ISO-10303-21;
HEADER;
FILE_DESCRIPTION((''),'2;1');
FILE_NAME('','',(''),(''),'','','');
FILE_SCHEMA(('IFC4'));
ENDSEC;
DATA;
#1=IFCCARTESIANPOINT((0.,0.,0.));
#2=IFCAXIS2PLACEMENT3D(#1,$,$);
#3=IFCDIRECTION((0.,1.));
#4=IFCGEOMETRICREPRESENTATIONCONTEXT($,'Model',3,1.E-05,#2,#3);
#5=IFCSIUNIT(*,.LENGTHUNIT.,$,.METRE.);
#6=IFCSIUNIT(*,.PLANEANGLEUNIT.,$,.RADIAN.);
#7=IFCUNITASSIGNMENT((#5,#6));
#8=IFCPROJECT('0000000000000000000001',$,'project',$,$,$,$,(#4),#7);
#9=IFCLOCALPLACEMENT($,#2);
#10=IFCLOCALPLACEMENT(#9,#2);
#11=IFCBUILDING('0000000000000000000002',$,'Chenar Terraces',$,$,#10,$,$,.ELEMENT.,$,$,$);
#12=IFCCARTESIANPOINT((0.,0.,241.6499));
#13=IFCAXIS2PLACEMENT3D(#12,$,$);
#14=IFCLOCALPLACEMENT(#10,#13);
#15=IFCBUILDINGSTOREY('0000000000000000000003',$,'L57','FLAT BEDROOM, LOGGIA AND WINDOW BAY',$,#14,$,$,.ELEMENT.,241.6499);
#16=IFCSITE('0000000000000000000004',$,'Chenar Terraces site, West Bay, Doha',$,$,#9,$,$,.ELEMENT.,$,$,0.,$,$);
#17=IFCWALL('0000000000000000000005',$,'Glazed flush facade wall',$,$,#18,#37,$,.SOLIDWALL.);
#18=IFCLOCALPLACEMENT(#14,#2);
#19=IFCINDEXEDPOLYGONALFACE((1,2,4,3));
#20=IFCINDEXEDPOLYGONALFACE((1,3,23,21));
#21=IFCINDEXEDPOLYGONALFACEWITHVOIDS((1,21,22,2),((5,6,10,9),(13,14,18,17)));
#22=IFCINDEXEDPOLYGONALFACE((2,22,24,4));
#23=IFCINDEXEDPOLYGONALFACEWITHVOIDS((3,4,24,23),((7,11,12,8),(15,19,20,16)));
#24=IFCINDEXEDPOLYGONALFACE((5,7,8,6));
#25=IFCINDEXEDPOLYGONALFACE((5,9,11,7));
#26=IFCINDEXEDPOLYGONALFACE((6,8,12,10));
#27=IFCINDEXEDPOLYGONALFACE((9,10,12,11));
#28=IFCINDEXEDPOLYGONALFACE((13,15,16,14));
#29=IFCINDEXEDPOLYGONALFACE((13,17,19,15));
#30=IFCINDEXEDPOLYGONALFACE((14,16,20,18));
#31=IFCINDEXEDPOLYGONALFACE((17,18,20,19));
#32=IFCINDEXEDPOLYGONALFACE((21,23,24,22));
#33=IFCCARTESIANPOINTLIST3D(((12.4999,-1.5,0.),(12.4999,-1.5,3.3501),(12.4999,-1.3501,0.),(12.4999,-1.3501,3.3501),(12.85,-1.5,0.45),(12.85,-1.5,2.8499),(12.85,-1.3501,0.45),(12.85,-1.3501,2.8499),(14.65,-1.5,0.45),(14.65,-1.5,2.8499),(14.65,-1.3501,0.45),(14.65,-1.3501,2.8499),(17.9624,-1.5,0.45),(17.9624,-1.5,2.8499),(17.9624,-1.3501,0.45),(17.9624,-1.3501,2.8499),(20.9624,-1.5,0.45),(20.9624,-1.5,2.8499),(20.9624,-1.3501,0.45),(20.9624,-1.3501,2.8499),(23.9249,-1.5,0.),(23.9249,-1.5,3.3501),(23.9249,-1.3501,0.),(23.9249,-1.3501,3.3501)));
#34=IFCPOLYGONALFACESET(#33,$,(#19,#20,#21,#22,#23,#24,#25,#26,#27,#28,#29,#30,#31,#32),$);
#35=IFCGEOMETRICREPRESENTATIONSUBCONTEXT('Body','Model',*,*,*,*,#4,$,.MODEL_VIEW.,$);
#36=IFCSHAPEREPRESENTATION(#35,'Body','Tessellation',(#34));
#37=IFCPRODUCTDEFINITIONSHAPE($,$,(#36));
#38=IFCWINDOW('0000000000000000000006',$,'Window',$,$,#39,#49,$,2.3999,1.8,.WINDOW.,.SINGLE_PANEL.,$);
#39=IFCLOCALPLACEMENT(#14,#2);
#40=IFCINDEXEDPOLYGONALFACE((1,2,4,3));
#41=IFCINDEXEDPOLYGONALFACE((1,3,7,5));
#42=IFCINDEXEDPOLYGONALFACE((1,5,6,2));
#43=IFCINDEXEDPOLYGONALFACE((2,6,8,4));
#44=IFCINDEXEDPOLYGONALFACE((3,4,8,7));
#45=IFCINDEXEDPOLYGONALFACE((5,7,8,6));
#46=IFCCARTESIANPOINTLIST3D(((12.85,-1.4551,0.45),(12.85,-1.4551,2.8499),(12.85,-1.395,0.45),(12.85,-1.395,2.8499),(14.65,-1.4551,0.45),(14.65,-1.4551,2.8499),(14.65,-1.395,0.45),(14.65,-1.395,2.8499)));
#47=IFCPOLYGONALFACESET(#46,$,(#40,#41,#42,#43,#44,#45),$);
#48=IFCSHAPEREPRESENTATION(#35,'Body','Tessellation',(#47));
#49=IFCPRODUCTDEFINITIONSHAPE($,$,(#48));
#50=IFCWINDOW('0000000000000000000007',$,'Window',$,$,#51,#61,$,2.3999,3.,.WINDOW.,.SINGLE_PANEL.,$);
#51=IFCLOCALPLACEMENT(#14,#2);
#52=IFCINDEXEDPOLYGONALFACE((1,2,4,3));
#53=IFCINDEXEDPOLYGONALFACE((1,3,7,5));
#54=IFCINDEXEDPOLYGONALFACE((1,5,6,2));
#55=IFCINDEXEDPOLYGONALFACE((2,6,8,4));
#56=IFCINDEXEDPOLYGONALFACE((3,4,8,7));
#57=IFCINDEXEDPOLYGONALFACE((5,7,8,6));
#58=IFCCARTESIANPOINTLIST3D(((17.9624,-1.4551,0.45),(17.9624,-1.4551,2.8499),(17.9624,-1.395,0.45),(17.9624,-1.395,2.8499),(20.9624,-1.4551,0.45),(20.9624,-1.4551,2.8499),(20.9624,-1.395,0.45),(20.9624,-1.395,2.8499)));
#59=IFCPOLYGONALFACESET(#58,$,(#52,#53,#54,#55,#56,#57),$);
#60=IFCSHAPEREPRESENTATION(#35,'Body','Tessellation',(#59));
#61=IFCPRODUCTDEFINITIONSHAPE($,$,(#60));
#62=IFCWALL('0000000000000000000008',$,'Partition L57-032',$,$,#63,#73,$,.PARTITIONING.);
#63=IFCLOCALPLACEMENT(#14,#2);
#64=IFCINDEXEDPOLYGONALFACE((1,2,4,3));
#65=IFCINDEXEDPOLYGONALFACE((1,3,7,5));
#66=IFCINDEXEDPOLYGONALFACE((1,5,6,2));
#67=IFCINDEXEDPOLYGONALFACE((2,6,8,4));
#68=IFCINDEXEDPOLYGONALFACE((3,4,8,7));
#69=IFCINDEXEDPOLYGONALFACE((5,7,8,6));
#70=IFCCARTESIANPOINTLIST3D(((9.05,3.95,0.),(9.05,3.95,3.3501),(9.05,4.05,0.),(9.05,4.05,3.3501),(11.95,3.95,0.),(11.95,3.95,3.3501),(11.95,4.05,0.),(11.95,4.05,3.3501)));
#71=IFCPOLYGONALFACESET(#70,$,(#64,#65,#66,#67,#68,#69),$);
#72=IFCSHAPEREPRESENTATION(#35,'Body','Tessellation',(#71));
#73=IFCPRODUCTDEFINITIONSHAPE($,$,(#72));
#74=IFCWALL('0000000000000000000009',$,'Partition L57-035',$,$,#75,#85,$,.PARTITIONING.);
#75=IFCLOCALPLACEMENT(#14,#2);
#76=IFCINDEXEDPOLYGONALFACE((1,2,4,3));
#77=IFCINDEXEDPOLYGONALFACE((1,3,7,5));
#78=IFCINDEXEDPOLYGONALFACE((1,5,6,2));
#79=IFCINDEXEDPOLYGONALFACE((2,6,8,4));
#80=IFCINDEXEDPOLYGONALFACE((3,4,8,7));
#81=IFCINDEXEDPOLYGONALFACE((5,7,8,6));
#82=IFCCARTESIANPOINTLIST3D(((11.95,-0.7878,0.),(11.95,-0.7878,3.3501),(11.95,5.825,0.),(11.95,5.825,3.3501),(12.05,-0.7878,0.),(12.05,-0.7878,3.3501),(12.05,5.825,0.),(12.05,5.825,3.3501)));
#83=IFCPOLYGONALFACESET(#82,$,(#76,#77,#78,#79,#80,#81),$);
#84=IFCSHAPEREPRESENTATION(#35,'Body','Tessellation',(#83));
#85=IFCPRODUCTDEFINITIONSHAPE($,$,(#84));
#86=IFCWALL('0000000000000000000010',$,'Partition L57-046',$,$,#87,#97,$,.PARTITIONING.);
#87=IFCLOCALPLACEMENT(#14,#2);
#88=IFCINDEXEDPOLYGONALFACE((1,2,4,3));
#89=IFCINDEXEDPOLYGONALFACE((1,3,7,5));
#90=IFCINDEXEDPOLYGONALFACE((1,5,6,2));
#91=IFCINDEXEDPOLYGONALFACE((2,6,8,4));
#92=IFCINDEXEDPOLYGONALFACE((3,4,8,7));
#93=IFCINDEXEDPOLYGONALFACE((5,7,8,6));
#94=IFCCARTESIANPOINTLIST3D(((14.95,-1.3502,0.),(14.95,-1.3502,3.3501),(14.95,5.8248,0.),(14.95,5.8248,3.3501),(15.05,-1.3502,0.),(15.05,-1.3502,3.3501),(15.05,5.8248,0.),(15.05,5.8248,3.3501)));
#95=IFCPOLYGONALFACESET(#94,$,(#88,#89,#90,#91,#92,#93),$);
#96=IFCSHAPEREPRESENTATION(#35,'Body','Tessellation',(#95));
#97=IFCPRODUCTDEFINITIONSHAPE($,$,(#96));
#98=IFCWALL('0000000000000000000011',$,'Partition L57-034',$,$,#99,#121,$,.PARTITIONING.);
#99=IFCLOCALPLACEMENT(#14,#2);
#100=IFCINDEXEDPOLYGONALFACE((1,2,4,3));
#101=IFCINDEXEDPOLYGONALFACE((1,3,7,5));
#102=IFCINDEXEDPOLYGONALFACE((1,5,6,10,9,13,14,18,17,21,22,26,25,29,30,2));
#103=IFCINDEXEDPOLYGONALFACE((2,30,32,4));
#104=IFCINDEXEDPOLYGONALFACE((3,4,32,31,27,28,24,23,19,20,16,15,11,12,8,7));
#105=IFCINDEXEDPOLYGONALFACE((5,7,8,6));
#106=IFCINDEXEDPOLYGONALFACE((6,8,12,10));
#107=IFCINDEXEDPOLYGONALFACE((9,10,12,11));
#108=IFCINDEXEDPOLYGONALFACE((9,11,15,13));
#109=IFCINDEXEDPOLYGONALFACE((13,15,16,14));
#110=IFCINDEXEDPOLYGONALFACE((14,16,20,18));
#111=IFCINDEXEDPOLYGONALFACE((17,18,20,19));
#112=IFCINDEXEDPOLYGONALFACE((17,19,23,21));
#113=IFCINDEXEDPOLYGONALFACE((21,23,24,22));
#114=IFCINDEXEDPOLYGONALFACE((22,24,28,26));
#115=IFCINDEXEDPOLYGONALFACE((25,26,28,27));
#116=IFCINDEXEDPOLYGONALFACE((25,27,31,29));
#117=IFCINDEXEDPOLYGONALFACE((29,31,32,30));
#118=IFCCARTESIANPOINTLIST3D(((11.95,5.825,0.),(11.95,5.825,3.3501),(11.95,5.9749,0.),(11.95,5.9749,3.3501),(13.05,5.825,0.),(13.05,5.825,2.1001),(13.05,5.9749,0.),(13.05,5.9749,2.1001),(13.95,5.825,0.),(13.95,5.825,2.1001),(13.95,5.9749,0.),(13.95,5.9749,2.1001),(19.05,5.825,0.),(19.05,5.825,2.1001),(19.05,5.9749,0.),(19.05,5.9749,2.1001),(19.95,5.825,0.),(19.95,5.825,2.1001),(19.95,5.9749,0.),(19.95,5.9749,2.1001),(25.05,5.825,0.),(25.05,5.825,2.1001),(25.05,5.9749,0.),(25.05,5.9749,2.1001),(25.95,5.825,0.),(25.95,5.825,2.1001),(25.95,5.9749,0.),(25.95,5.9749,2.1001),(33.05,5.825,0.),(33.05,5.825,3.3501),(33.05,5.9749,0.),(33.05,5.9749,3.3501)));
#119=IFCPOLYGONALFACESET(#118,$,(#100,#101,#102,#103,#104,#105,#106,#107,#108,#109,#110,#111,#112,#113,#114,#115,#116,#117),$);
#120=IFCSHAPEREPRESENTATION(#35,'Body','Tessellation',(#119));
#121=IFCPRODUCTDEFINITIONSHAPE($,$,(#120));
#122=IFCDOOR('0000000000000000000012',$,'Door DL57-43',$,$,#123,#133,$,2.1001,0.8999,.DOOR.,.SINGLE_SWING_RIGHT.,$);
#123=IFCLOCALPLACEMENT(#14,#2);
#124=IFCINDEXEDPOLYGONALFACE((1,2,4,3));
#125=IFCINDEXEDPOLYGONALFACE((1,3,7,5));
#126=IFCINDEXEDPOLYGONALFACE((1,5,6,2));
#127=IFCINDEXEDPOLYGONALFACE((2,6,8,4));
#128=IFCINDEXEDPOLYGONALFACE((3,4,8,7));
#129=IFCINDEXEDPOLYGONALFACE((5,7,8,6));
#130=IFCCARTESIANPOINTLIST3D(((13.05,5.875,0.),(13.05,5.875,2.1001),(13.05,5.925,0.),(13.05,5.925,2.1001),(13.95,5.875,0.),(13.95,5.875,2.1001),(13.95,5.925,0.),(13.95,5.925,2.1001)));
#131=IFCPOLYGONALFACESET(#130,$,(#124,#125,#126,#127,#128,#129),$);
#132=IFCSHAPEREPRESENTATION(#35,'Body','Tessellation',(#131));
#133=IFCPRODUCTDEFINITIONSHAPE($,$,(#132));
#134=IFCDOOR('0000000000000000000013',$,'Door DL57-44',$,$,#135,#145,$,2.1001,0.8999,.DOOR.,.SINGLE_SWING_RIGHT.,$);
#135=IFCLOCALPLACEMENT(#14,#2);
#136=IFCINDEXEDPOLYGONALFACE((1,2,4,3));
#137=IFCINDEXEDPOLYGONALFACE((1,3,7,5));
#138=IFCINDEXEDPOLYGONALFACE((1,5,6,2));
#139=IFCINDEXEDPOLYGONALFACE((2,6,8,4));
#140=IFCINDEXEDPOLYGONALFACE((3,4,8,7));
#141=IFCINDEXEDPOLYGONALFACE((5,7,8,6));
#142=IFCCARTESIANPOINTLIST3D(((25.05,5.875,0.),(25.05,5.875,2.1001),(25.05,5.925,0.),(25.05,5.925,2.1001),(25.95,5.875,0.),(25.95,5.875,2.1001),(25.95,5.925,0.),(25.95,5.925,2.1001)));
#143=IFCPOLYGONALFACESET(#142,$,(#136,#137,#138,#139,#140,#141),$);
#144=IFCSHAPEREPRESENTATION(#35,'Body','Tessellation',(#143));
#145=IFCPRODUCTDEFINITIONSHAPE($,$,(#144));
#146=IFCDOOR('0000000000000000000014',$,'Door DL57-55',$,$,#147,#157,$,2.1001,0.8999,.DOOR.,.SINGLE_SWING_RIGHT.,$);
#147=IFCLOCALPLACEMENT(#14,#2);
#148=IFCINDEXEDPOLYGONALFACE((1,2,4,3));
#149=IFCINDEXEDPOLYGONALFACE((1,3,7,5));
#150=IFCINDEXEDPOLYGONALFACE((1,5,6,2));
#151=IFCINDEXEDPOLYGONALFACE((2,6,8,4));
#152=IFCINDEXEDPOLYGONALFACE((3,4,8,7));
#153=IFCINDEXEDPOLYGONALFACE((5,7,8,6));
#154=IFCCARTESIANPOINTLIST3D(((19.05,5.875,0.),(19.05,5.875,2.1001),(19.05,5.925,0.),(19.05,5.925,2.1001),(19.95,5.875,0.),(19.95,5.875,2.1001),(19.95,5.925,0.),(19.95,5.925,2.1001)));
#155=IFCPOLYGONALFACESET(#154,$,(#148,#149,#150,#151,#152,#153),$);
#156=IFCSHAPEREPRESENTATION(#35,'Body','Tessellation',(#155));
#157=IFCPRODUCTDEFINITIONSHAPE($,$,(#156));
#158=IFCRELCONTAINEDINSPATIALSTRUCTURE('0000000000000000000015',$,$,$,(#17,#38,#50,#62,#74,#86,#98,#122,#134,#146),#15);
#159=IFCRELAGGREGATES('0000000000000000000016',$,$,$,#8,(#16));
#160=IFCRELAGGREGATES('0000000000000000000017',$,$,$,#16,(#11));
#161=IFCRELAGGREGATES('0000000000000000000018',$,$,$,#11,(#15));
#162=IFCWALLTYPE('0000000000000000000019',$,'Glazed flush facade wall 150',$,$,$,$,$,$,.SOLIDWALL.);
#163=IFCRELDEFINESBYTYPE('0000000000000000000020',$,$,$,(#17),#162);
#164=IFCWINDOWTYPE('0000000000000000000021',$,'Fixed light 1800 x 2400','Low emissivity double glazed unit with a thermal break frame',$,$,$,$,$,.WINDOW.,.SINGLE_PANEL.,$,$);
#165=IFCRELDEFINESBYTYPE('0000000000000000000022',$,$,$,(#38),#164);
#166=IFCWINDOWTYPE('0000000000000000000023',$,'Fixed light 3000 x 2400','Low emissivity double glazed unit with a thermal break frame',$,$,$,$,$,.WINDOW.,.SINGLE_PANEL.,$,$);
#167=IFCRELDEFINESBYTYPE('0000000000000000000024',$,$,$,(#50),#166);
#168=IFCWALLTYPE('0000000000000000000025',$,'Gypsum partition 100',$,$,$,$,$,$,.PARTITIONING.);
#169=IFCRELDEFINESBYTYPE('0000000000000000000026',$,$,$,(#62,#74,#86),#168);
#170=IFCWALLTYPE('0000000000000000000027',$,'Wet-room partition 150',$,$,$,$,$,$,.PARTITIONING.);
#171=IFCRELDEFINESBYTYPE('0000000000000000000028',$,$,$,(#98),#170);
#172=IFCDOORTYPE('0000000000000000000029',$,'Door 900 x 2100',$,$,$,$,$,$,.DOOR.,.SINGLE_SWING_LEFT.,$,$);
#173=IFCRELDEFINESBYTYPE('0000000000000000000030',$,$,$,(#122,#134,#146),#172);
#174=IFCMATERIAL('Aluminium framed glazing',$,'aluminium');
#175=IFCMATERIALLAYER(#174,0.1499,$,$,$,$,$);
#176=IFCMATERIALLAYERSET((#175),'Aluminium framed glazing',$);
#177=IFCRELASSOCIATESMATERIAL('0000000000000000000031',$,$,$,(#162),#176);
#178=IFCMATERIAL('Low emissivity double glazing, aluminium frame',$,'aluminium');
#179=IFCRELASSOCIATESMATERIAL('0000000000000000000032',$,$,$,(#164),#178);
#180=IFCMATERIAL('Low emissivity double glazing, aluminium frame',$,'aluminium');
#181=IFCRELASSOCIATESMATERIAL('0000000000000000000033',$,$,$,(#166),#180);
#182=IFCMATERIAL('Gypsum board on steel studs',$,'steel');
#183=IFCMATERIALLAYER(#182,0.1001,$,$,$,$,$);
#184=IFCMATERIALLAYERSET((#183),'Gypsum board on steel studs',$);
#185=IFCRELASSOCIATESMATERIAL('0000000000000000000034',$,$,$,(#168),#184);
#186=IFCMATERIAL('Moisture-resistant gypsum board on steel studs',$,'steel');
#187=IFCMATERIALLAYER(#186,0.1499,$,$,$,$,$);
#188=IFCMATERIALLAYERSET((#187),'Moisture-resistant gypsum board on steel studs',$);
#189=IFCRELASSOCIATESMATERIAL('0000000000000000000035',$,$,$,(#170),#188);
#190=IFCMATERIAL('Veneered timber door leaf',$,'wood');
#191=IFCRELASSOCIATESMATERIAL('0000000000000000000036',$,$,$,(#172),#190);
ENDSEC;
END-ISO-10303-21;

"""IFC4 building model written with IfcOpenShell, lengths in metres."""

from ifc_helpers import new_model, si_unit, direction, frame, frame_2d, origin, place, context, subcontext, project, spatial, rectangle, extrude, material, layer, layer_set, type_object, element, fill, save


model = new_model("IFC4")

# Units and contexts
model_context = context("Model", 3, precision=1e-05, world=origin(), true_north=direction((0.0, 1.0)))
body_context = subcontext(model_context, "Body", "Model", "MODEL_VIEW")
ifc_project = project(units=[si_unit("LENGTHUNIT", "METRE"), si_unit("PLANEANGLEUNIT", "RADIAN")], contexts=[model_context])

# Site, building, storey
site_placement = place(None, origin())
site = spatial("IfcSite", under=ifc_project, at=site_placement, Name="Chenar Terraces site, West Bay, Doha", CompositionType="ELEMENT", RefElevation=0.0)
building_placement = place(site_placement, origin())
building = spatial("IfcBuilding", under=site, at=building_placement, Name="Chenar Terraces", CompositionType="ELEMENT")
storey_placement = place(building_placement, frame((0.0, 0.0, 241.6499)))
storey = spatial("IfcBuildingStorey", under=building, at=storey_placement, Name="L57", Description="FLAT BEDROOM, LOGGIA AND WINDOW BAY", CompositionType="ELEMENT", Elevation=241.6499)

# Wall, openings, windows
ifc_material_1 = material(Name="Aluminium framed glazing", Category="aluminium")
ifc_layer_1 = layer(ifc_material_1, 0.1499)
ifc_layer_set_1 = layer_set([ifc_layer_1], Name="Aluminium framed glazing")
wall_type_1 = type_object("IfcWallType", Name="Glazed flush facade wall 150", PredefinedType="SOLIDWALL", material=ifc_layer_set_1)
wall_1_placement = place(storey_placement, frame((12.5, -1.425, 0.0), z_axis=(0.0, 0.0, 1.0), x_axis=(1.0, 0.0, 0.0)))
wall_1 = element("IfcWall", 1, at=wall_1_placement, inside=storey, type_object=wall_type_1, Name="Glazed flush facade wall", PredefinedType="SOLIDWALL", context=body_context, shape_type="SweptSolid", body=[
    extrude(rectangle(XDim=11.425, YDim=0.1499, at=frame_2d((5.7124, 0.0))), origin(), (0.0, 0.0, 1.0), 3.3501),
])
opening_1_placement = place(wall_1_placement, frame((0.3501, 0.0, 0.45)))
opening_1 = element("IfcOpeningElement", 2, at=opening_1_placement, cuts=wall_1, PredefinedType="OPENING", context=body_context, shape_type="SweptSolid", body=[
    extrude(rectangle(XDim=1.8, YDim=2.3999, at=frame_2d((0.8999, 1.2))), frame((0.0, 0.085, 0.0), z_axis=(0.0, -1.0, 0.0), x_axis=(1.0, 0.0, 0.0)), (0.0, 0.0, 1.0), 0.1699),
])
opening_2_placement = place(wall_1_placement, frame((5.4624, 0.0, 0.45)))
opening_2 = element("IfcOpeningElement", 3, at=opening_2_placement, cuts=wall_1, PredefinedType="OPENING", context=body_context, shape_type="SweptSolid", body=[
    extrude(rectangle(XDim=3.0, YDim=2.3999, at=frame_2d((1.5, 1.2))), frame((0.0, 0.085, 0.0), z_axis=(0.0, -1.0, 0.0), x_axis=(1.0, 0.0, 0.0)), (0.0, 0.0, 1.0), 0.1699),
])
ifc_material_2 = material(Name="Low emissivity double glazing, aluminium frame", Category="aluminium")
window_type_1 = type_object("IfcWindowType", Name="Fixed light 1800 x 2400", Description="Low emissivity double glazed unit with a thermal break frame", PartitioningType="SINGLE_PANEL", PredefinedType="WINDOW", material=ifc_material_2)
window_1_placement = place(opening_1_placement, origin())
window_1 = element("IfcWindow", 4, at=window_1_placement, inside=storey, type_object=window_type_1, Name="Window", OverallHeight=2.3999, OverallWidth=1.8, PartitioningType="SINGLE_PANEL", PredefinedType="WINDOW", context=body_context, shape_type="SweptSolid", body=[
    extrude(rectangle(XDim=1.8, YDim=2.3999, at=frame_2d((0.8999, 1.2))), frame((0.0, 0.03, 0.0), z_axis=(0.0, -1.0, 0.0), x_axis=(1.0, 0.0, 0.0)), (0.0, 0.0, 1.0), 0.0601),
])
fill(opening_1, window_1)
ifc_material_3 = material(Name="Low emissivity double glazing, aluminium frame", Category="aluminium")
window_type_2 = type_object("IfcWindowType", Name="Fixed light 3000 x 2400", Description="Low emissivity double glazed unit with a thermal break frame", PartitioningType="SINGLE_PANEL", PredefinedType="WINDOW", material=ifc_material_3)
window_2_placement = place(opening_2_placement, origin())
window_2 = element("IfcWindow", 5, at=window_2_placement, inside=storey, type_object=window_type_2, Name="Window", OverallHeight=2.3999, OverallWidth=3.0, PartitioningType="SINGLE_PANEL", PredefinedType="WINDOW", context=body_context, shape_type="SweptSolid", body=[
    extrude(rectangle(XDim=3.0, YDim=2.3999, at=frame_2d((1.5, 1.2))), frame((0.0, 0.03, 0.0), z_axis=(0.0, -1.0, 0.0), x_axis=(1.0, 0.0, 0.0)), (0.0, 0.0, 1.0), 0.0601),
])
fill(opening_2, window_2)

# Walls
ifc_material_4 = material(Name="Gypsum board on steel studs", Category="steel")
ifc_layer_2 = layer(ifc_material_4, 0.1001)
ifc_layer_set_2 = layer_set([ifc_layer_2], Name="Gypsum board on steel studs")
wall_type_2 = type_object("IfcWallType", Name="Gypsum partition 100", PredefinedType="PARTITIONING", material=ifc_layer_set_2)
wall_2_placement = place(storey_placement, frame((9.05, 4.0, 0.0), z_axis=(0.0, 0.0, 1.0), x_axis=(1.0, 0.0, 0.0)))
element("IfcWall", 6, at=wall_2_placement, inside=storey, type_object=wall_type_2, Name="Partition L57-032", PredefinedType="PARTITIONING", context=body_context, shape_type="SweptSolid", body=[
    extrude(rectangle(XDim=2.8999, YDim=0.1001, at=frame_2d((1.45, 0.0))), origin(), (0.0, 0.0, 1.0), 3.3501),
])
wall_3_placement = place(storey_placement, frame((12.0, -0.7878, 0.0), z_axis=(0.0, 0.0, 1.0), x_axis=(0.0, 1.0, 0.0)))
element("IfcWall", 7, at=wall_3_placement, inside=storey, type_object=wall_type_2, Name="Partition L57-035", PredefinedType="PARTITIONING", context=body_context, shape_type="SweptSolid", body=[
    extrude(rectangle(XDim=6.6128, YDim=0.1001, at=frame_2d((3.3064, 0.0))), origin(), (0.0, 0.0, 1.0), 3.3501),
])
wall_4_placement = place(storey_placement, frame((15.0, -1.3501, 0.0), z_axis=(0.0, 0.0, 1.0), x_axis=(0.0, 1.0, 0.0)))
element("IfcWall", 8, at=wall_4_placement, inside=storey, type_object=wall_type_2, Name="Partition L57-046", PredefinedType="PARTITIONING", context=body_context, shape_type="SweptSolid", body=[
    extrude(rectangle(XDim=7.175, YDim=0.1001, at=frame_2d((3.5874, 0.0))), origin(), (0.0, 0.0, 1.0), 3.3501),
])

# Wall, openings, doors
ifc_material_5 = material(Name="Moisture-resistant gypsum board on steel studs", Category="steel")
ifc_layer_3 = layer(ifc_material_5, 0.1499)
ifc_layer_set_3 = layer_set([ifc_layer_3], Name="Moisture-resistant gypsum board on steel studs")
wall_type_3 = type_object("IfcWallType", Name="Wet-room partition 150", PredefinedType="PARTITIONING", material=ifc_layer_set_3)
wall_5_placement = place(storey_placement, frame((11.95, 5.8999, 0.0), z_axis=(0.0, 0.0, 1.0), x_axis=(1.0, 0.0, 0.0)))
wall_5 = element("IfcWall", 9, at=wall_5_placement, inside=storey, type_object=wall_type_3, Name="Partition L57-034", PredefinedType="PARTITIONING", context=body_context, shape_type="SweptSolid", body=[
    extrude(rectangle(XDim=21.1001, YDim=0.1499, at=frame_2d((10.55, 0.0))), origin(), (0.0, 0.0, 1.0), 3.3501),
])
opening_3_placement = place(wall_5_placement, frame((1.1001, 0.0, 0.0)))
opening_3 = element("IfcOpeningElement", 10, at=opening_3_placement, cuts=wall_5, PredefinedType="OPENING", context=body_context, shape_type="SweptSolid", body=[
    extrude(rectangle(XDim=0.8999, YDim=2.1001, at=frame_2d((0.45, 1.05))), frame((0.0, 0.085, 0.0), z_axis=(0.0, -1.0, 0.0), x_axis=(1.0, 0.0, 0.0)), (0.0, 0.0, 1.0), 0.1699),
])
opening_4_placement = place(wall_5_placement, frame((13.1001, 0.0, 0.0)))
opening_4 = element("IfcOpeningElement", 11, at=opening_4_placement, cuts=wall_5, PredefinedType="OPENING", context=body_context, shape_type="SweptSolid", body=[
    extrude(rectangle(XDim=0.8999, YDim=2.1001, at=frame_2d((0.45, 1.05))), frame((0.0, 0.085, 0.0), z_axis=(0.0, -1.0, 0.0), x_axis=(1.0, 0.0, 0.0)), (0.0, 0.0, 1.0), 0.1699),
])
opening_5_placement = place(wall_5_placement, frame((7.1001, 0.0, 0.0)))
opening_5 = element("IfcOpeningElement", 12, at=opening_5_placement, cuts=wall_5, PredefinedType="OPENING", context=body_context, shape_type="SweptSolid", body=[
    extrude(rectangle(XDim=0.8999, YDim=2.1001, at=frame_2d((0.45, 1.05))), frame((0.0, 0.085, 0.0), z_axis=(0.0, -1.0, 0.0), x_axis=(1.0, 0.0, 0.0)), (0.0, 0.0, 1.0), 0.1699),
])
ifc_material_6 = material(Name="Veneered timber door leaf", Category="wood")
door_type_1 = type_object("IfcDoorType", Name="Door 900 x 2100", OperationType="SINGLE_SWING_LEFT", PredefinedType="DOOR", material=ifc_material_6)
door_1_placement = place(opening_3_placement, frame((0.8999, 0.0, 0.0), z_axis=(0.0, 0.0, 1.0), x_axis=(-1.0, 0.0, 0.0)))
door_1 = element("IfcDoor", 13, at=door_1_placement, inside=storey, type_object=door_type_1, Name="Door DL57-43", OperationType="SINGLE_SWING_RIGHT", OverallHeight=2.1001, OverallWidth=0.8999, PredefinedType="DOOR", context=body_context, shape_type="SweptSolid", body=[
    extrude(rectangle(XDim=0.8999, YDim=2.1001, at=frame_2d((0.45, 1.05))), frame((0.0, 0.0249, 0.0), z_axis=(0.0, -1.0, 0.0), x_axis=(1.0, 0.0, 0.0)), (0.0, 0.0, 1.0), 0.05),
])
fill(opening_3, door_1)
door_2_placement = place(opening_4_placement, frame((0.8999, 0.0, 0.0), z_axis=(0.0, 0.0, 1.0), x_axis=(-1.0, 0.0, 0.0)))
door_2 = element("IfcDoor", 14, at=door_2_placement, inside=storey, type_object=door_type_1, Name="Door DL57-44", OperationType="SINGLE_SWING_RIGHT", OverallHeight=2.1001, OverallWidth=0.8999, PredefinedType="DOOR", context=body_context, shape_type="SweptSolid", body=[
    extrude(rectangle(XDim=0.8999, YDim=2.1001, at=frame_2d((0.45, 1.05))), frame((0.0, 0.0249, 0.0), z_axis=(0.0, -1.0, 0.0), x_axis=(1.0, 0.0, 0.0)), (0.0, 0.0, 1.0), 0.05),
])
fill(opening_4, door_2)
door_3_placement = place(opening_5_placement, frame((0.8999, 0.0, 0.0), z_axis=(0.0, 0.0, 1.0), x_axis=(-1.0, 0.0, 0.0)))
door_3 = element("IfcDoor", 15, at=door_3_placement, inside=storey, type_object=door_type_1, Name="Door DL57-55", OperationType="SINGLE_SWING_RIGHT", OverallHeight=2.1001, OverallWidth=0.8999, PredefinedType="DOOR", context=body_context, shape_type="SweptSolid", body=[
    extrude(rectangle(XDim=0.8999, YDim=2.1001, at=frame_2d((0.45, 1.05))), frame((0.0, 0.0249, 0.0), z_axis=(0.0, -1.0, 0.0), x_axis=(1.0, 0.0, 0.0)), (0.0, 0.0, 1.0), 0.05),
])
fill(opening_5, door_3)

save(model, "model.ifc")
